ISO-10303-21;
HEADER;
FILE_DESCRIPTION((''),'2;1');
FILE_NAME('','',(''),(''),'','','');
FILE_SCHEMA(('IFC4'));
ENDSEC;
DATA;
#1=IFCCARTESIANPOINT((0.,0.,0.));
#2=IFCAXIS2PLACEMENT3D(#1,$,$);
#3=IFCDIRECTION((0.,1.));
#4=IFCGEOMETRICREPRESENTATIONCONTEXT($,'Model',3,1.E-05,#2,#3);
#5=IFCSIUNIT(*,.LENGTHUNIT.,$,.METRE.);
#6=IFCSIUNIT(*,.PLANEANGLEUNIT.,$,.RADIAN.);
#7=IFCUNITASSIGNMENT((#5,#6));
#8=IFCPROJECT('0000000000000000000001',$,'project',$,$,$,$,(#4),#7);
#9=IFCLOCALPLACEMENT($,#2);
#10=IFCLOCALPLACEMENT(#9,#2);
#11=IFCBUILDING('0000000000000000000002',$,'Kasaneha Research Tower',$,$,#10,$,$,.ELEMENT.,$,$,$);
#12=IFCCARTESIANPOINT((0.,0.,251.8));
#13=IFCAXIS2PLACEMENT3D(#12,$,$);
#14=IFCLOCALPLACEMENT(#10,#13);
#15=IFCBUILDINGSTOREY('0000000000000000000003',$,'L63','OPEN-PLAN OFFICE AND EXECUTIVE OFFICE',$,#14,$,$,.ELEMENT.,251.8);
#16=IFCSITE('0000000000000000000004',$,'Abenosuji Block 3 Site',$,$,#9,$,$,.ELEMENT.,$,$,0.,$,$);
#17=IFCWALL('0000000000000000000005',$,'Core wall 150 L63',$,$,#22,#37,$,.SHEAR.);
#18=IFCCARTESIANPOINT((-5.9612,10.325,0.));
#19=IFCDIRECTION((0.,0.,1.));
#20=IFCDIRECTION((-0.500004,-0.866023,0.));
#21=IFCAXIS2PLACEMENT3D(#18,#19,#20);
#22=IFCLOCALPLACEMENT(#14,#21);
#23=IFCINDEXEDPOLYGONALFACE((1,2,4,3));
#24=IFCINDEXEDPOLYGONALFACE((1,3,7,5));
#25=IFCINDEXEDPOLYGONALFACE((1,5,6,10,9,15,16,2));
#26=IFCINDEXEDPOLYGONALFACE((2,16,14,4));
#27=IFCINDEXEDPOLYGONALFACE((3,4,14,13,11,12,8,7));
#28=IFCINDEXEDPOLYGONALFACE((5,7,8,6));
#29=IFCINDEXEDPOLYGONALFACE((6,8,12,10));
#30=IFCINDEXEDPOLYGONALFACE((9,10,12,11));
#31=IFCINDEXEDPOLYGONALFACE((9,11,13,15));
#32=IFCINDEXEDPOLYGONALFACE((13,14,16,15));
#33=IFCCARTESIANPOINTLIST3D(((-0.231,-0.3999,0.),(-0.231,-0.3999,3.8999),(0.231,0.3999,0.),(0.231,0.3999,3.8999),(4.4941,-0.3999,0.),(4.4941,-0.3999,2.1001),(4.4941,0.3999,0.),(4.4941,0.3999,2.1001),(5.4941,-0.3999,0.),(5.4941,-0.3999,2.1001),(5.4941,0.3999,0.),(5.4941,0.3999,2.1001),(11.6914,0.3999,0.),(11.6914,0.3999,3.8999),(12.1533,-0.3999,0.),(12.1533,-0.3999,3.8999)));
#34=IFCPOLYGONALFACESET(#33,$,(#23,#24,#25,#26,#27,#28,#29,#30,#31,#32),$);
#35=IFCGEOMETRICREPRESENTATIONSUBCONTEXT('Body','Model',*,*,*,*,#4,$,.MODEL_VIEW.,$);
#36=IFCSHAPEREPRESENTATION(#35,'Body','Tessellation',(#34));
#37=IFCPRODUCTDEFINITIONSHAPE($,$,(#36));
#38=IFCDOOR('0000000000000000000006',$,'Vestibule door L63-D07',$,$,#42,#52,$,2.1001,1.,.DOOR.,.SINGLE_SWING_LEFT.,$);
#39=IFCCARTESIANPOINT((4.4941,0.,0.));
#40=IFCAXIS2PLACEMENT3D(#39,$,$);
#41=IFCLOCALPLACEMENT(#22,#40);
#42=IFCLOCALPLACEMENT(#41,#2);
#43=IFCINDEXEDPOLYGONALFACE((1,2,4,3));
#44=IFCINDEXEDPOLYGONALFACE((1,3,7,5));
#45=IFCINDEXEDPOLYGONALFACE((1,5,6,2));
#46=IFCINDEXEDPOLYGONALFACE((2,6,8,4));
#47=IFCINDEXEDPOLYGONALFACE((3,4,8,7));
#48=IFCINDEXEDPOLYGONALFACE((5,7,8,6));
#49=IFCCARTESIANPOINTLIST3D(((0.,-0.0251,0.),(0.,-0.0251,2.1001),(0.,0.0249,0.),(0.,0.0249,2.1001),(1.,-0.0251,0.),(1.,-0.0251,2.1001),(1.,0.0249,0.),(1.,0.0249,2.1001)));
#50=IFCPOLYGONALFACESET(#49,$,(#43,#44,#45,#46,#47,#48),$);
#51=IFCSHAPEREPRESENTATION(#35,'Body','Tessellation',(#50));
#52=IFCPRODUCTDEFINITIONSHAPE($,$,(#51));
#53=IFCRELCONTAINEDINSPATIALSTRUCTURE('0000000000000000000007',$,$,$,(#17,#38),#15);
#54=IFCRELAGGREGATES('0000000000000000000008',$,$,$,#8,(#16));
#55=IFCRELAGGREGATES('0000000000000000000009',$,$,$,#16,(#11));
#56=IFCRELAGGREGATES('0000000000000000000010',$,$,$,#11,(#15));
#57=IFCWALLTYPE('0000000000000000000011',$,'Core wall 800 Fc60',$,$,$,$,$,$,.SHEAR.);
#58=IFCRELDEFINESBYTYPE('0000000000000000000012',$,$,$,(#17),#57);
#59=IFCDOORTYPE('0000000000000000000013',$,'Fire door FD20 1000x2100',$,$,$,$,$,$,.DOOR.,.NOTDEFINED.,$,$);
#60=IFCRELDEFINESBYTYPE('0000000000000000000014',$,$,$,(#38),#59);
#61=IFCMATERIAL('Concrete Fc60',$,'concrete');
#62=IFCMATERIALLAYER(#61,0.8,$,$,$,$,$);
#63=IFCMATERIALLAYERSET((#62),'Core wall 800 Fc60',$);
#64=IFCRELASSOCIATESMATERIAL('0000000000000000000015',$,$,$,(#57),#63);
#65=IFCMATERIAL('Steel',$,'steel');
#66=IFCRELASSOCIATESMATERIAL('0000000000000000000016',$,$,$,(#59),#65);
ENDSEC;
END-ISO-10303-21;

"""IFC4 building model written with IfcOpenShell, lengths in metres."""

from ifc_helpers import new_model, si_unit, direction, frame, frame_2d, origin, place, context, subcontext, project, spatial, polyline, rectangle, outline, extrude, material, layer, layer_set, type_object, element, fill, save


model = new_model("IFC4")

# Units and contexts
model_context = context("Model", 3, precision=1e-05, world=origin(), true_north=direction((0.0, 1.0)))
body_context = subcontext(model_context, "Body", "Model", "MODEL_VIEW")
ifc_project = project(units=[si_unit("LENGTHUNIT", "METRE"), si_unit("PLANEANGLEUNIT", "RADIAN")], contexts=[model_context])

# Site, building, storey
site_placement = place(None, origin())
site = spatial("IfcSite", under=ifc_project, at=site_placement, Name="Abenosuji Block 3 Site", CompositionType="ELEMENT", RefElevation=0.0)
building_placement = place(site_placement, origin())
building = spatial("IfcBuilding", under=site, at=building_placement, Name="Kasaneha Research Tower", CompositionType="ELEMENT")
storey_placement = place(building_placement, frame((0.0, 0.0, 251.8)))
storey = spatial("IfcBuildingStorey", under=building, at=storey_placement, Name="L63", Description="OPEN-PLAN OFFICE AND EXECUTIVE OFFICE", CompositionType="ELEMENT", Elevation=251.8)

# Wall, opening, door
ifc_material_1 = material(Name="Concrete Fc60", Category="concrete")
ifc_layer_1 = layer(ifc_material_1, 0.8)
ifc_layer_set_1 = layer_set([ifc_layer_1], Name="Core wall 800 Fc60")
wall_type_1 = type_object("IfcWallType", Name="Core wall 800 Fc60", PredefinedType="SHEAR", material=ifc_layer_set_1)
wall_1_placement = place(storey_placement, frame((-5.9612, 10.325, 0.0), z_axis=(0.0, 0.0, 1.0), x_axis=(-0.500004, -0.866023, 0.0)))
wall_1 = element("IfcWall", 1, at=wall_1_placement, inside=storey, type_object=wall_type_1, Name="Core wall 150 L63", PredefinedType="SHEAR", context=body_context, shape_type="SweptSolid", body=[
    extrude(outline(polyline([(-0.231, -0.3999), (4.4941, -0.3999), (5.4941, -0.3999), (12.1533, -0.3999), (11.6914, 0.3999), (5.4941, 0.3999), (4.4941, 0.3999), (0.231, 0.3999), (-0.231, -0.3999)])), origin(), (0.0, 0.0, 1.0), 3.8999),
])
opening_1_placement = place(wall_1_placement, frame((4.4941, 0.0, 0.0)))
opening_1 = element("IfcOpeningElement", 2, at=opening_1_placement, cuts=wall_1, PredefinedType="OPENING", context=body_context, shape_type="SweptSolid", body=[
    extrude(rectangle(XDim=1.0, YDim=2.1001, at=frame_2d((0.5, 1.05))), frame((0.0, 0.4102, 0.0), z_axis=(0.0, -1.0, 0.0), x_axis=(1.0, 0.0, 0.0)), (0.0, 0.0, 1.0), 0.8201),
])
ifc_material_2 = material(Name="Steel", Category="steel")
door_type_1 = type_object("IfcDoorType", Name="Fire door FD20 1000x2100", OperationType="NOTDEFINED", PredefinedType="DOOR", material=ifc_material_2)
door_1_placement = place(opening_1_placement, origin())
door_1 = element("IfcDoor", 3, at=door_1_placement, inside=storey, type_object=door_type_1, Name="Vestibule door L63-D07", OperationType="SINGLE_SWING_LEFT", OverallHeight=2.1001, OverallWidth=1.0, PredefinedType="DOOR", context=body_context, shape_type="SweptSolid", body=[
    extrude(rectangle(XDim=1.0, YDim=2.1001, at=frame_2d((0.5, 1.05))), frame((0.0, 0.0249, 0.0), z_axis=(0.0, -1.0, 0.0), x_axis=(1.0, 0.0, 0.0)), (0.0, 0.0, 1.0), 0.05),
])
fill(opening_1, door_1)

save(model, "model.ifc")
